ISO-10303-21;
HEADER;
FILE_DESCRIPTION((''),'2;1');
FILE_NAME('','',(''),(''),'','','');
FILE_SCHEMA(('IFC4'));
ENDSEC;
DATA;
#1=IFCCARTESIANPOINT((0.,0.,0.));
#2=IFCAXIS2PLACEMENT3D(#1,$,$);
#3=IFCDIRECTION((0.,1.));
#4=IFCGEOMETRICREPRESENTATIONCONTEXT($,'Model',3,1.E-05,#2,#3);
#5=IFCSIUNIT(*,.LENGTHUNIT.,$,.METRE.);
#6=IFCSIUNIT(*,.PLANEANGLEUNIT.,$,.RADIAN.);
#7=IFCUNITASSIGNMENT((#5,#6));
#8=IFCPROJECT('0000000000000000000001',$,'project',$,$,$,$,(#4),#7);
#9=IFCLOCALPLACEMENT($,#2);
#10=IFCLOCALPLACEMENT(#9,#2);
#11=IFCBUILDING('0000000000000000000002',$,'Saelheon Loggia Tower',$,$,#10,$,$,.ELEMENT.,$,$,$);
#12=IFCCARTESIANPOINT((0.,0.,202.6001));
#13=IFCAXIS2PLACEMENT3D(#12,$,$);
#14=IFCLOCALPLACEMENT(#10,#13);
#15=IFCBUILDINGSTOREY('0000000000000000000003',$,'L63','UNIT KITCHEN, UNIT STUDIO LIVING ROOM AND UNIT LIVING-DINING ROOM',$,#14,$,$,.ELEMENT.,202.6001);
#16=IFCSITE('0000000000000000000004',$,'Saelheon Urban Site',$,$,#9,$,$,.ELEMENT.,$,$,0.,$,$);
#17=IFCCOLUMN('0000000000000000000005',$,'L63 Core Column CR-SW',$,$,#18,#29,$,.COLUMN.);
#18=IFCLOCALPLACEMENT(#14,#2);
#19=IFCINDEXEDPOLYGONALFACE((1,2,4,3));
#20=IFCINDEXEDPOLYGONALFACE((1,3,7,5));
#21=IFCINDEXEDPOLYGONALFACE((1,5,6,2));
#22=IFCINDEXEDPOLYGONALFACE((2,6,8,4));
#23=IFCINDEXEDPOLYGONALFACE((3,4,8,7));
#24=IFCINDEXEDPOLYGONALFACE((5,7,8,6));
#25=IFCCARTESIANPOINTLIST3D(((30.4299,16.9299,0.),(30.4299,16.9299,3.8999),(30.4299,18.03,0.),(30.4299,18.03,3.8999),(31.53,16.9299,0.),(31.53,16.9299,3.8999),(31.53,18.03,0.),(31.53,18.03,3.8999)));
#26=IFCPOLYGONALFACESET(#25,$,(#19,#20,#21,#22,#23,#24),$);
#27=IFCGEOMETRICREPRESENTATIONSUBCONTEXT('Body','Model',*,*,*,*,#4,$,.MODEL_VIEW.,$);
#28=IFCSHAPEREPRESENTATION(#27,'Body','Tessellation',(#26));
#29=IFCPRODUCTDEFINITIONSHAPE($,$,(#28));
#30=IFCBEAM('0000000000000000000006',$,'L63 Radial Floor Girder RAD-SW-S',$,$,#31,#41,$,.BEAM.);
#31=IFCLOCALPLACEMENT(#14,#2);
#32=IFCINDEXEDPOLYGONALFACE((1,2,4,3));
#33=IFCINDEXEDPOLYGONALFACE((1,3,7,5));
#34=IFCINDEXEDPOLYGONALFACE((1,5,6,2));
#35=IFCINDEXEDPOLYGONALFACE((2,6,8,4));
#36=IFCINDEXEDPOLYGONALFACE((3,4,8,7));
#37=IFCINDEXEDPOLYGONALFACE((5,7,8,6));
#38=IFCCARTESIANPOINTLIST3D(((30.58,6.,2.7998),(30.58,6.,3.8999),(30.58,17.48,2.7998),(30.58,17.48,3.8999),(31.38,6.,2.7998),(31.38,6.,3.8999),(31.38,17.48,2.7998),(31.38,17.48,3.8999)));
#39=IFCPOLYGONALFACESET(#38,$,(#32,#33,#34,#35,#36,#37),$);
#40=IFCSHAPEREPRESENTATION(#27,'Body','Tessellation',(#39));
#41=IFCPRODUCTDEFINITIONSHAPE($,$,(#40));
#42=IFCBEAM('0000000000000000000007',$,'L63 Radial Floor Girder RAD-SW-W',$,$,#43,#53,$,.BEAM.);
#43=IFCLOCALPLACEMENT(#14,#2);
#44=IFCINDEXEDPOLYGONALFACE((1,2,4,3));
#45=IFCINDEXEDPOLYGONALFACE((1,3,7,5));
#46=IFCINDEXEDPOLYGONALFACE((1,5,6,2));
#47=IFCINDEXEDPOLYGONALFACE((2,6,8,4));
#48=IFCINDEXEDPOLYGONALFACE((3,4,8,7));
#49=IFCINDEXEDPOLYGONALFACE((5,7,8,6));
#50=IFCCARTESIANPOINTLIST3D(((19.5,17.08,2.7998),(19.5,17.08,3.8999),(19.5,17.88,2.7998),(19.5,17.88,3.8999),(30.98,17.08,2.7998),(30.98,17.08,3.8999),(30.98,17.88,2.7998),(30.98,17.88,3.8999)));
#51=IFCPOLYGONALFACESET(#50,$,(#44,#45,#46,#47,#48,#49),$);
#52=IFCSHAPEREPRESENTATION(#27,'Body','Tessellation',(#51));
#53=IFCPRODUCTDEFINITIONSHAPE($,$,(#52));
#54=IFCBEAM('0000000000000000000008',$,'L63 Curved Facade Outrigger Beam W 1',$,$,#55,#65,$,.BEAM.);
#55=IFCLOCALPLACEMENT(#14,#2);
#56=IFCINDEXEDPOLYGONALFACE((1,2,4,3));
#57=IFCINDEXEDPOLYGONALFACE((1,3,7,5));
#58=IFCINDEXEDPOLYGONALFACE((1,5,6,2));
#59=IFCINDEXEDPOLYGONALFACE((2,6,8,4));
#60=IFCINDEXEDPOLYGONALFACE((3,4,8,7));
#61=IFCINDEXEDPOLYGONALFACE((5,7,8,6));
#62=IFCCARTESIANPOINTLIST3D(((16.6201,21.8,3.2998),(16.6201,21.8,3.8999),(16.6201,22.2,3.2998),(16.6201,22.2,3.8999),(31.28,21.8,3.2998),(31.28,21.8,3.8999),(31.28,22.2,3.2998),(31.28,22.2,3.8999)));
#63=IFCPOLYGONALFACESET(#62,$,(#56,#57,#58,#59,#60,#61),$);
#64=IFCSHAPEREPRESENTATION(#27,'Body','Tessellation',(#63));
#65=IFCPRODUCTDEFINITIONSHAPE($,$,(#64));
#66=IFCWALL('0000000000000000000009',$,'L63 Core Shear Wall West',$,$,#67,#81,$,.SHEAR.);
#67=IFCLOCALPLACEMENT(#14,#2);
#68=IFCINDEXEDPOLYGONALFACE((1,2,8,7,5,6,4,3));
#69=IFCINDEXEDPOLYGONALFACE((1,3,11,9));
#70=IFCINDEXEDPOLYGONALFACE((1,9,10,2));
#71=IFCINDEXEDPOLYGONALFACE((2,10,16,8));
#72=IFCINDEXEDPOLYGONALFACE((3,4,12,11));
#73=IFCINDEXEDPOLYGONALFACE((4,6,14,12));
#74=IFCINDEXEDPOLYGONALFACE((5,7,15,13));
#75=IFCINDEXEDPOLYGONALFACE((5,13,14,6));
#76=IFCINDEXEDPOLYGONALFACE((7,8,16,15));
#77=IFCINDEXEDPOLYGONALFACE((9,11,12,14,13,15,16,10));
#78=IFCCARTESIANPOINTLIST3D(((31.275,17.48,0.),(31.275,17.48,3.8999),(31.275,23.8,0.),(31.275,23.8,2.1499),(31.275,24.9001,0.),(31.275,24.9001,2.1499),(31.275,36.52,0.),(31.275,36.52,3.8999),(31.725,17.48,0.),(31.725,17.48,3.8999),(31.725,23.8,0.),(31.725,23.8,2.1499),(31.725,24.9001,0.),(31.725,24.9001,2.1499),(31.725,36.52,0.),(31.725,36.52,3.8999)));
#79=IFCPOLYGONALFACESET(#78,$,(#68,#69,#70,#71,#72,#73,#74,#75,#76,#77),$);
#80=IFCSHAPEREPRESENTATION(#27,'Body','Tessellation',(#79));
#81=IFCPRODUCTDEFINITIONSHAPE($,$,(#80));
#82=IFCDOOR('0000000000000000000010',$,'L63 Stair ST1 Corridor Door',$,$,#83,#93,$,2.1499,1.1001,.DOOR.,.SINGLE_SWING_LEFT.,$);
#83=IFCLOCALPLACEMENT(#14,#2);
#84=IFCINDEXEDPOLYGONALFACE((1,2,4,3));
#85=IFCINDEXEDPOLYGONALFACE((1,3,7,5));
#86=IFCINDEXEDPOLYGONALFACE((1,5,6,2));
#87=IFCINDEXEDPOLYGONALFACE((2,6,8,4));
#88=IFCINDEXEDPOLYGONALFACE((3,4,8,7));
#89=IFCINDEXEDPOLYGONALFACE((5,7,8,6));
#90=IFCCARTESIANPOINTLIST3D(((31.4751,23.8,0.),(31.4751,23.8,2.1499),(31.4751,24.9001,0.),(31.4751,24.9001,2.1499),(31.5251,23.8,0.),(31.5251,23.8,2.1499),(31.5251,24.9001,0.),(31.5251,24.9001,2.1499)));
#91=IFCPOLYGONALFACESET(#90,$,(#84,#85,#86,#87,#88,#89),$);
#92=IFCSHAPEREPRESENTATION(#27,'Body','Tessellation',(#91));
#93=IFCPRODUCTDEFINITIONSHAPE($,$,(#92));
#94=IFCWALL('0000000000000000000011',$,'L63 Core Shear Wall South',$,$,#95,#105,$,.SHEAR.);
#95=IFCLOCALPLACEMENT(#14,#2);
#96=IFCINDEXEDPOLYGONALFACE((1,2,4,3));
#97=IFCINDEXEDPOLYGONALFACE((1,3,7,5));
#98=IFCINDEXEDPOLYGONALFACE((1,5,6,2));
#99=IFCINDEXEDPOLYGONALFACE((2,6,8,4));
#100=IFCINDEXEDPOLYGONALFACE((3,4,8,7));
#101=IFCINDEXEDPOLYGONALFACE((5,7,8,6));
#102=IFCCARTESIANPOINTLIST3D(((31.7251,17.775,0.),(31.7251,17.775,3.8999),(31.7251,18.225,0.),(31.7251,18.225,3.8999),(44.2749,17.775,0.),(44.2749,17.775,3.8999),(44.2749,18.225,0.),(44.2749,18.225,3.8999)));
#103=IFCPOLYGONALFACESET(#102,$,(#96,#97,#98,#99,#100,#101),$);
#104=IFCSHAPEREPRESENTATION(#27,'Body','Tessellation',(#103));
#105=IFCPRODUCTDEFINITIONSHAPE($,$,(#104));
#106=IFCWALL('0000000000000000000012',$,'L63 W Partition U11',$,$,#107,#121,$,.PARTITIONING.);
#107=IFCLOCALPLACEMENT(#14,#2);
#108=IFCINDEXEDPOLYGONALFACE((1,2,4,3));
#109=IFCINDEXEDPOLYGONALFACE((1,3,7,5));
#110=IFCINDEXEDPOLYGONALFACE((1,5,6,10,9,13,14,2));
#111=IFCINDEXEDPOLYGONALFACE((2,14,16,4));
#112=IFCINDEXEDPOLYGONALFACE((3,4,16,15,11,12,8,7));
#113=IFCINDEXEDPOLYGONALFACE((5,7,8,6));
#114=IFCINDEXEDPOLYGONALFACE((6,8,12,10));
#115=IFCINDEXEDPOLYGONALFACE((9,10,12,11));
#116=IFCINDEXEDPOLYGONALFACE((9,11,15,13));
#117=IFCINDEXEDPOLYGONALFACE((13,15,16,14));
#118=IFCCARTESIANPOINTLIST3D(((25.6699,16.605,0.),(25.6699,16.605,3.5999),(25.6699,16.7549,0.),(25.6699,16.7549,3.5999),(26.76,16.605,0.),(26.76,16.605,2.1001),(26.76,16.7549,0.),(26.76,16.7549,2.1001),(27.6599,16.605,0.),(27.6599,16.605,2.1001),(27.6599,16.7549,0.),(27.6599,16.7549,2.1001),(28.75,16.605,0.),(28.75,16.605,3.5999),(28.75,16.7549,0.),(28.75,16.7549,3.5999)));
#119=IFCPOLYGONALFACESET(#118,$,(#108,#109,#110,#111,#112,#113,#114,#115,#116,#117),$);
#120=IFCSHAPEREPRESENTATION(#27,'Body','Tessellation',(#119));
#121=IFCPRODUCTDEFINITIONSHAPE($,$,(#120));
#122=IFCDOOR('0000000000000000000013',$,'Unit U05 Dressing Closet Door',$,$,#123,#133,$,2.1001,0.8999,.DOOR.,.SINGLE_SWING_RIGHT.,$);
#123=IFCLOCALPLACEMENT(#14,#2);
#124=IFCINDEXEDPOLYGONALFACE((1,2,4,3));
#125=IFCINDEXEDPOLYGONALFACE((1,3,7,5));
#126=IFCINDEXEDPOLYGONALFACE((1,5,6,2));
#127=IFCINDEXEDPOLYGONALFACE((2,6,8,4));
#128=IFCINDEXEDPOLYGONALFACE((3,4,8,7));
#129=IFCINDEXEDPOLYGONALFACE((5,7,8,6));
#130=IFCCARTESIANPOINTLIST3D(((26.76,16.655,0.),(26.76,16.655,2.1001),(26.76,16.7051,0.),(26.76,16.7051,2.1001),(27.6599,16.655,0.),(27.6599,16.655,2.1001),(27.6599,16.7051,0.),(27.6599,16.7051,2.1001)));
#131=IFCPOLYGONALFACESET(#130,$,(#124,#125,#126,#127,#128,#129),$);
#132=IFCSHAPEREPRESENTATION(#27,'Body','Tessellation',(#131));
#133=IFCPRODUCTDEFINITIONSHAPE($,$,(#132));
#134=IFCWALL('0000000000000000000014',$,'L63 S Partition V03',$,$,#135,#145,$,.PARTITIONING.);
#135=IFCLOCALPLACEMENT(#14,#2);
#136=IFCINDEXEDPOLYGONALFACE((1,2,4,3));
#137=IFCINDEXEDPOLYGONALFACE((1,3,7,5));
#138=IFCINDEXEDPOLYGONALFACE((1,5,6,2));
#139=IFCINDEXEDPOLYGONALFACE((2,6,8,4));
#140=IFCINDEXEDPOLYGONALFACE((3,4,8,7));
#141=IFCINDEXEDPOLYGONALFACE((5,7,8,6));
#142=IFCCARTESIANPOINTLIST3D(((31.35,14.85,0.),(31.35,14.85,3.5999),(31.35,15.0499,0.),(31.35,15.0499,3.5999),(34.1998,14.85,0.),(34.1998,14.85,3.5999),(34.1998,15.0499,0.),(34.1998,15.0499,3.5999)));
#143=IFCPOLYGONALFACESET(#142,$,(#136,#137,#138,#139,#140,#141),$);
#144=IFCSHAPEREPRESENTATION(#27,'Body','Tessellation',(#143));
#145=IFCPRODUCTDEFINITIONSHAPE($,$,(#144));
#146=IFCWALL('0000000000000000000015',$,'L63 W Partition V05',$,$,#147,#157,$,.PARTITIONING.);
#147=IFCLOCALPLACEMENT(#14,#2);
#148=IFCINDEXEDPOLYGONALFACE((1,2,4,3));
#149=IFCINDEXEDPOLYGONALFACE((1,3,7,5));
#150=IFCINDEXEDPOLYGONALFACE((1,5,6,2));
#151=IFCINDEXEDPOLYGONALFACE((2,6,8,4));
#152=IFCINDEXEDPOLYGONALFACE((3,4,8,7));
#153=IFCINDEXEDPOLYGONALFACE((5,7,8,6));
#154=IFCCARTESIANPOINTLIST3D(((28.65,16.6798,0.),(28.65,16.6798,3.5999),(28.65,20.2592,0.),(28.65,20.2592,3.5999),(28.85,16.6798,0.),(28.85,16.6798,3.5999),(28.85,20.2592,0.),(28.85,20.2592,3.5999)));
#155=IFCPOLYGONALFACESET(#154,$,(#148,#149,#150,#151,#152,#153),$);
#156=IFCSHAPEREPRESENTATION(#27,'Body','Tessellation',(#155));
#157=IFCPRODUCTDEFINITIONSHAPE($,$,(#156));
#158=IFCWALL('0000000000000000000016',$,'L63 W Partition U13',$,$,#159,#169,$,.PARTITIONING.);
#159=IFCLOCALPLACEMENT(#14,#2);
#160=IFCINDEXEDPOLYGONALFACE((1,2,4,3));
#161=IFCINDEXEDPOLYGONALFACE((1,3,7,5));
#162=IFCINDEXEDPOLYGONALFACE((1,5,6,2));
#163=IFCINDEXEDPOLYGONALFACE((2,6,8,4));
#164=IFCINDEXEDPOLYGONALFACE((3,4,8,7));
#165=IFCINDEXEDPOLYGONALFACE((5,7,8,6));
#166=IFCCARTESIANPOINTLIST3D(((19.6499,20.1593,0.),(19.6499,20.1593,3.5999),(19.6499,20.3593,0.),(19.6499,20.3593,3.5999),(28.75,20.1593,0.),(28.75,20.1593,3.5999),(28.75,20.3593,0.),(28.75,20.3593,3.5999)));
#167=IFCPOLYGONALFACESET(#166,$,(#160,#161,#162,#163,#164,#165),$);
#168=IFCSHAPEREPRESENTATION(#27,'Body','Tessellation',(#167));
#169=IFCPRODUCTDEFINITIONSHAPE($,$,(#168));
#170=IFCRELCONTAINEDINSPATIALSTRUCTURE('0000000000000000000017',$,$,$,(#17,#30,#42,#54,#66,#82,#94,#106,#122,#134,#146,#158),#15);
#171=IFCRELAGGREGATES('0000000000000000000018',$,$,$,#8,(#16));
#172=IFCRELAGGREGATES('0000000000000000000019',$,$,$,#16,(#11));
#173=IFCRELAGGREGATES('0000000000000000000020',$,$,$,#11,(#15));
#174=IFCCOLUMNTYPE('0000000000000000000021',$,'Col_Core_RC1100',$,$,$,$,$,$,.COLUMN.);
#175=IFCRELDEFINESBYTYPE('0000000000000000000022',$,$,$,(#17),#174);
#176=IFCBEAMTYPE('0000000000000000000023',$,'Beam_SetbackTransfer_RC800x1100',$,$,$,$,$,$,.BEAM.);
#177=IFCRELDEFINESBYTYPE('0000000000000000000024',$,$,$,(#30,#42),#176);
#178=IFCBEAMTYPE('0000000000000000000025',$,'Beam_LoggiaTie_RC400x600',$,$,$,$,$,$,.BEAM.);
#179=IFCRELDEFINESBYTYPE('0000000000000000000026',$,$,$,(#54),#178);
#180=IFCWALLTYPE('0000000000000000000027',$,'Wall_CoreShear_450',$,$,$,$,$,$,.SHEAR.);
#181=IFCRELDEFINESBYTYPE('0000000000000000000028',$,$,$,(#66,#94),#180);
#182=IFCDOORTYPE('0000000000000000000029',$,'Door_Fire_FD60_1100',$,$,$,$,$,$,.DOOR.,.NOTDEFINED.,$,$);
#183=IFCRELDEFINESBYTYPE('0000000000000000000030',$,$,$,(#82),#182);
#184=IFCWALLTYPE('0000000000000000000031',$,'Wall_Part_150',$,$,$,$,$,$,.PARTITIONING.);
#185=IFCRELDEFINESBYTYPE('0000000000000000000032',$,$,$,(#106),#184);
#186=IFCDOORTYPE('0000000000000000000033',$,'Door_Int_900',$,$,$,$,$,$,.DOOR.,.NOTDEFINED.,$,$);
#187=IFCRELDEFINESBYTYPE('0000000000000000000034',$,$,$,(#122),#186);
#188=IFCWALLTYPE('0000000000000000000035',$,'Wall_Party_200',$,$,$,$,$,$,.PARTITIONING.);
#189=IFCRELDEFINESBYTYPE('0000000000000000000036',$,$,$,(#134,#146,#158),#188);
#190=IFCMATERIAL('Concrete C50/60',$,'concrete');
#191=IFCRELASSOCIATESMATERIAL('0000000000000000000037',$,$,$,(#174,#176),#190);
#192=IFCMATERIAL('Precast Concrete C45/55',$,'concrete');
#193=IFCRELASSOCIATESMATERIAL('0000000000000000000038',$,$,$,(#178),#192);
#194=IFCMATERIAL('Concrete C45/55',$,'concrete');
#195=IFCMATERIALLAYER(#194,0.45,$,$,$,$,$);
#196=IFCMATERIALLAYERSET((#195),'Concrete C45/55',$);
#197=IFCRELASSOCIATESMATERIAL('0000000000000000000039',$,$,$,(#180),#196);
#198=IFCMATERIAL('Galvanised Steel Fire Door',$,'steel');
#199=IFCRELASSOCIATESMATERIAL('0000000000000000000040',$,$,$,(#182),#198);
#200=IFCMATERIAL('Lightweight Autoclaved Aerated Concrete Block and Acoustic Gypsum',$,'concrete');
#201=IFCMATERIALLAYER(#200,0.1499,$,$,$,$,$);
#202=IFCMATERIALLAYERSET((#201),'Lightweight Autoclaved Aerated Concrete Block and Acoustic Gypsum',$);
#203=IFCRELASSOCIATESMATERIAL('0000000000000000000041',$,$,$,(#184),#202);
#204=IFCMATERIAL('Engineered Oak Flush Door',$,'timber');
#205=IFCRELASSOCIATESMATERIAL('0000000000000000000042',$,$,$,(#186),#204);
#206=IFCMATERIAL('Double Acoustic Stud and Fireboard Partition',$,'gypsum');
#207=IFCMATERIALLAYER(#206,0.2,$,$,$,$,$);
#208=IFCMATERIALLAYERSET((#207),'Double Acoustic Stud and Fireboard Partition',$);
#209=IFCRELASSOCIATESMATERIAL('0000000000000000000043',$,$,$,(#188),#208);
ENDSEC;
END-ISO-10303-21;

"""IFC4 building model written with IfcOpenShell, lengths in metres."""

from ifc_helpers import new_model, si_unit, direction, frame, frame_2d, origin, origin_2d, place, context, subcontext, project, spatial, rectangle, extrude, source, transform, mapped, material, layer, layer_set, material_profile, profile_set, type_object, element, fill, save


model = new_model("IFC4")

# Units and contexts
model_context = context("Model", 3, precision=1e-05, world=origin(), true_north=direction((0.0, 1.0)))
body_context = subcontext(model_context, "Body", "Model", "MODEL_VIEW")
ifc_project = project(units=[si_unit("LENGTHUNIT", "METRE"), si_unit("PLANEANGLEUNIT", "RADIAN")], contexts=[model_context])

# Site, building, storey
site_placement = place(None, origin())
site = spatial("IfcSite", under=ifc_project, at=site_placement, Name="Saelheon Urban Site", CompositionType="ELEMENT", RefElevation=0.0)
building_placement = place(site_placement, origin())
building = spatial("IfcBuilding", under=site, at=building_placement, Name="Saelheon Loggia Tower", CompositionType="ELEMENT")
storey_placement = place(building_placement, frame((0.0, 0.0, 202.6001)))
storey = spatial("IfcBuildingStorey", under=building, at=storey_placement, Name="L63", Description="UNIT KITCHEN, UNIT STUDIO LIVING ROOM AND UNIT LIVING-DINING ROOM", CompositionType="ELEMENT", Elevation=202.6001)

# Column
ifc_material_1 = material(Name="Concrete C50/60", Category="concrete")
ifc_material_profile_1 = material_profile(ifc_material_1, rectangle(XDim=1.1001, YDim=1.1001, at=origin_2d()), Name="RC-1100x1100")
ifc_profile_set_1 = profile_set([ifc_material_profile_1], Name="Concrete C50/60")
column_type = type_object("IfcColumnType", Name="Col_Core_RC1100", PredefinedType="COLUMN", material=ifc_profile_set_1)
shared_shape_1 = source(origin(), body_context, "Body", "SweptSolid", [
    extrude(rectangle(XDim=1.1001, YDim=1.1001, at=origin_2d()), origin(), (0.0, 0.0, 1.0), 3.8999),
])
column_placement = place(storey_placement, frame((30.98, 17.48, 0.0), z_axis=(0.0, 0.0, 1.0), x_axis=(1.0, 0.0, 0.0)))
element("IfcColumn", 1, at=column_placement, inside=storey, type_object=column_type, Name="L63 Core Column CR-SW", PredefinedType="COLUMN", context=body_context, shape_type="MappedRepresentation", body=[
    mapped(shared_shape_1, transform((0.0, 0.0, 0.0), scale=1.0)),
])

# Beams
ifc_material_profile_2 = material_profile(ifc_material_1, rectangle(XDim=0.8, YDim=1.1001, at=origin_2d()), Name="RC-800x1100")
ifc_profile_set_2 = profile_set([ifc_material_profile_2], Name="Concrete C50/60")
beam_type_1 = type_object("IfcBeamType", Name="Beam_SetbackTransfer_RC800x1100", PredefinedType="BEAM", material=ifc_profile_set_2)
shared_shape_2 = source(origin(), body_context, "Body", "SweptSolid", [
    extrude(rectangle(XDim=0.8, YDim=1.1001, at=origin_2d()), origin(), (0.0, 0.0, 1.0), 11.48),
])
for number, where, z_axis, x_axis, name in (
    (2, (30.98, 17.48, 3.3499), (0.0, -1.0, 0.0), (1.0, 0.0, 0.0), "L63 Radial Floor Girder RAD-SW-S"),
    (3, (30.98, 17.48, 3.3499), (-1.0, 0.0, 0.0), (0.0, -1.0, 0.0), "L63 Radial Floor Girder RAD-SW-W"),
):
    element("IfcBeam", number, at=place(storey_placement, frame(where, z_axis=z_axis, x_axis=x_axis)), inside=storey, type_object=beam_type_1, Name=name, PredefinedType="BEAM", context=body_context, shape_type="MappedRepresentation", body=[
        mapped(shared_shape_2, transform((0.0, 0.0, 0.0), scale=1.0)),
    ])
ifc_material_2 = material(Name="Precast Concrete C45/55", Category="concrete")
ifc_material_profile_3 = material_profile(ifc_material_2, rectangle(XDim=0.3999, YDim=0.6001, at=origin_2d()), Name="RC-400x600")
ifc_profile_set_3 = profile_set([ifc_material_profile_3], Name="Precast Concrete C45/55")
beam_type_2 = type_object("IfcBeamType", Name="Beam_LoggiaTie_RC400x600", PredefinedType="BEAM", material=ifc_profile_set_3)
shared_shape_3 = source(origin(), body_context, "Body", "SweptSolid", [
    extrude(rectangle(XDim=0.3999, YDim=0.6001, at=origin_2d()), origin(), (0.0, 0.0, 1.0), 14.6599),
])
beam_placement = place(storey_placement, frame((31.28, 22.0, 3.5999), z_axis=(-1.0, 0.0, 0.0), x_axis=(0.0, -1.0, 0.0)))
element("IfcBeam", 4, at=beam_placement, inside=storey, type_object=beam_type_2, Name="L63 Curved Facade Outrigger Beam W 1", PredefinedType="BEAM", context=body_context, shape_type="MappedRepresentation", body=[
    mapped(shared_shape_3, transform((0.0, 0.0, 0.0), scale=1.0)),
])

# Wall, opening, door
ifc_material_3 = material(Name="Concrete C45/55", Category="concrete")
ifc_layer_1 = layer(ifc_material_3, 0.45)
ifc_layer_set_1 = layer_set([ifc_layer_1], Name="Concrete C45/55")
wall_type_1 = type_object("IfcWallType", Name="Wall_CoreShear_450", PredefinedType="SHEAR", material=ifc_layer_set_1)
wall_1_placement = place(storey_placement, frame((31.5, 17.48, 0.0), z_axis=(0.0, 0.0, 1.0), x_axis=(0.0, 1.0, 0.0)))
wall_1 = element("IfcWall", 5, at=wall_1_placement, inside=storey, type_object=wall_type_1, Name="L63 Core Shear Wall West", PredefinedType="SHEAR", context=body_context, shape_type="SweptSolid", body=[
    extrude(rectangle(XDim=19.04, YDim=0.45, at=frame_2d((9.52, 0.0))), origin(), (0.0, 0.0, 1.0), 3.8999),
])
opening_1_placement = place(wall_1_placement, frame((6.3201, 0.0, 0.0)))
opening_1 = element("IfcOpeningElement", 6, at=opening_1_placement, cuts=wall_1, PredefinedType="OPENING", context=body_context, shape_type="SweptSolid", body=[
    extrude(rectangle(XDim=1.1001, YDim=2.1499, at=frame_2d((0.55, 1.075))), frame((0.0, 0.2371, 0.0), z_axis=(0.0, -1.0, 0.0), x_axis=(1.0, 0.0, 0.0)), (0.0, 0.0, 1.0), 0.4739),
])
ifc_material_4 = material(Name="Galvanised Steel Fire Door", Category="steel")
door_type_1 = type_object("IfcDoorType", Name="Door_Fire_FD60_1100", OperationType="NOTDEFINED", PredefinedType="DOOR", material=ifc_material_4)
shared_shape_4 = source(origin(), body_context, "Body", "SweptSolid", [
    extrude(rectangle(XDim=1.1001, YDim=2.1499, at=frame_2d((0.55, 1.075))), frame((0.0, 0.0249, 0.0), z_axis=(0.0, -1.0, 0.0), x_axis=(1.0, 0.0, 0.0)), (0.0, 0.0, 1.0), 0.05),
])
door_1_placement = place(opening_1_placement, origin())
door_1 = element("IfcDoor", 7, at=door_1_placement, inside=storey, type_object=door_type_1, Name="L63 Stair ST1 Corridor Door", OperationType="SINGLE_SWING_LEFT", OverallHeight=2.1499, OverallWidth=1.1001, PredefinedType="DOOR", context=body_context, shape_type="MappedRepresentation", body=[
    mapped(shared_shape_4, transform((0.0, 0.0, 0.0), scale=1.0)),
])
fill(opening_1, door_1)

# Wall
wall_2_placement = place(storey_placement, frame((31.7251, 18.0, 0.0), z_axis=(0.0, 0.0, 1.0), x_axis=(1.0, 0.0, 0.0)))
element("IfcWall", 8, at=wall_2_placement, inside=storey, type_object=wall_type_1, Name="L63 Core Shear Wall South", PredefinedType="SHEAR", context=body_context, shape_type="SweptSolid", body=[
    extrude(rectangle(XDim=12.5498, YDim=0.45, at=frame_2d((6.2749, 0.0))), origin(), (0.0, 0.0, 1.0), 3.8999),
])

# Wall, opening, door
ifc_material_5 = material(Name="Lightweight Autoclaved Aerated Concrete Block and Acoustic Gypsum", Category="concrete")
ifc_layer_2 = layer(ifc_material_5, 0.1499)
ifc_layer_set_2 = layer_set([ifc_layer_2], Name="Lightweight Autoclaved Aerated Concrete Block and Acoustic Gypsum")
wall_type_2 = type_object("IfcWallType", Name="Wall_Part_150", PredefinedType="PARTITIONING", material=ifc_layer_set_2)
wall_3_placement = place(storey_placement, frame((28.75, 16.6799, 0.0), z_axis=(0.0, 0.0, 1.0), x_axis=(-1.0, 0.0, 0.0)))
wall_3 = element("IfcWall", 9, at=wall_3_placement, inside=storey, type_object=wall_type_2, Name="L63 W Partition U11", PredefinedType="PARTITIONING", context=body_context, shape_type="SweptSolid", body=[
    extrude(rectangle(XDim=3.0801, YDim=0.1499, at=frame_2d((1.54, 0.0))), origin(), (0.0, 0.0, 1.0), 3.5999),
])
opening_2_placement = place(wall_3_placement, frame((1.0901, 0.0, 0.0)))
opening_2 = element("IfcOpeningElement", 10, at=opening_2_placement, cuts=wall_3, PredefinedType="OPENING", context=body_context, shape_type="SweptSolid", body=[
    extrude(rectangle(XDim=0.8999, YDim=2.1001, at=frame_2d((0.45, 1.05))), frame((0.0, 0.0869, 0.0), z_axis=(0.0, -1.0, 0.0), x_axis=(1.0, 0.0, 0.0)), (0.0, 0.0, 1.0), 0.1738),
])
ifc_material_6 = material(Name="Engineered Oak Flush Door", Category="timber")
door_type_2 = type_object("IfcDoorType", Name="Door_Int_900", OperationType="NOTDEFINED", PredefinedType="DOOR", material=ifc_material_6)
shared_shape_5 = source(origin(), body_context, "Body", "SweptSolid", [
    extrude(rectangle(XDim=0.8999, YDim=2.1001, at=frame_2d((0.45, 1.05))), frame((0.0, 0.0249, 0.0), z_axis=(0.0, -1.0, 0.0), x_axis=(1.0, 0.0, 0.0)), (0.0, 0.0, 1.0), 0.05),
])
door_2_placement = place(opening_2_placement, origin())
door_2 = element("IfcDoor", 11, at=door_2_placement, inside=storey, type_object=door_type_2, Name="Unit U05 Dressing Closet Door", OperationType="SINGLE_SWING_RIGHT", OverallHeight=2.1001, OverallWidth=0.8999, PredefinedType="DOOR", context=body_context, shape_type="MappedRepresentation", body=[
    mapped(shared_shape_5, transform((0.0, 0.0, 0.0), scale=1.0)),
])
fill(opening_2, door_2)

# Wall
ifc_material_7 = material(Name="Double Acoustic Stud and Fireboard Partition", Category="gypsum")
ifc_layer_3 = layer(ifc_material_7, 0.2)
ifc_layer_set_3 = layer_set([ifc_layer_3], Name="Double Acoustic Stud and Fireboard Partition")
wall_type_3 = type_object("IfcWallType", Name="Wall_Party_200", PredefinedType="PARTITIONING", material=ifc_layer_set_3)
wall_4_placement = place(storey_placement, frame((31.3501, 14.95, 0.0), z_axis=(0.0, 0.0, 1.0), x_axis=(1.0, 0.0, 0.0)))
element("IfcWall", 12, at=wall_4_placement, inside=storey, type_object=wall_type_3, Name="L63 S Partition V03", PredefinedType="PARTITIONING", context=body_context, shape_type="SweptSolid", body=[
    extrude(rectangle(XDim=2.8499, YDim=0.2, at=frame_2d((1.4248, 0.0))), origin(), (0.0, 0.0, 1.0), 3.5999),
])

# Walls
wall_5_placement = place(storey_placement, frame((28.75, 16.6799, 0.0), z_axis=(0.0, 0.0, 1.0), x_axis=(0.0, 1.0, 0.0)))
element("IfcWall", 13, at=wall_5_placement, inside=storey, type_object=wall_type_3, Name="L63 W Partition V05", PredefinedType="PARTITIONING", context=body_context, shape_type="SweptSolid", body=[
    extrude(rectangle(XDim=3.5793, YDim=0.2, at=frame_2d((1.7896, 0.0))), origin(), (0.0, 0.0, 1.0), 3.5999),
])
wall_6_placement = place(storey_placement, frame((28.75, 20.2593, 0.0), z_axis=(0.0, 0.0, 1.0), x_axis=(-1.0, 0.0, 0.0)))
element("IfcWall", 14, at=wall_6_placement, inside=storey, type_object=wall_type_3, Name="L63 W Partition U13", PredefinedType="PARTITIONING", context=body_context, shape_type="SweptSolid", body=[
    extrude(rectangle(XDim=9.1001, YDim=0.2, at=frame_2d((4.55, 0.0))), origin(), (0.0, 0.0, 1.0), 3.5999),
])

save(model, "model.ifc")
